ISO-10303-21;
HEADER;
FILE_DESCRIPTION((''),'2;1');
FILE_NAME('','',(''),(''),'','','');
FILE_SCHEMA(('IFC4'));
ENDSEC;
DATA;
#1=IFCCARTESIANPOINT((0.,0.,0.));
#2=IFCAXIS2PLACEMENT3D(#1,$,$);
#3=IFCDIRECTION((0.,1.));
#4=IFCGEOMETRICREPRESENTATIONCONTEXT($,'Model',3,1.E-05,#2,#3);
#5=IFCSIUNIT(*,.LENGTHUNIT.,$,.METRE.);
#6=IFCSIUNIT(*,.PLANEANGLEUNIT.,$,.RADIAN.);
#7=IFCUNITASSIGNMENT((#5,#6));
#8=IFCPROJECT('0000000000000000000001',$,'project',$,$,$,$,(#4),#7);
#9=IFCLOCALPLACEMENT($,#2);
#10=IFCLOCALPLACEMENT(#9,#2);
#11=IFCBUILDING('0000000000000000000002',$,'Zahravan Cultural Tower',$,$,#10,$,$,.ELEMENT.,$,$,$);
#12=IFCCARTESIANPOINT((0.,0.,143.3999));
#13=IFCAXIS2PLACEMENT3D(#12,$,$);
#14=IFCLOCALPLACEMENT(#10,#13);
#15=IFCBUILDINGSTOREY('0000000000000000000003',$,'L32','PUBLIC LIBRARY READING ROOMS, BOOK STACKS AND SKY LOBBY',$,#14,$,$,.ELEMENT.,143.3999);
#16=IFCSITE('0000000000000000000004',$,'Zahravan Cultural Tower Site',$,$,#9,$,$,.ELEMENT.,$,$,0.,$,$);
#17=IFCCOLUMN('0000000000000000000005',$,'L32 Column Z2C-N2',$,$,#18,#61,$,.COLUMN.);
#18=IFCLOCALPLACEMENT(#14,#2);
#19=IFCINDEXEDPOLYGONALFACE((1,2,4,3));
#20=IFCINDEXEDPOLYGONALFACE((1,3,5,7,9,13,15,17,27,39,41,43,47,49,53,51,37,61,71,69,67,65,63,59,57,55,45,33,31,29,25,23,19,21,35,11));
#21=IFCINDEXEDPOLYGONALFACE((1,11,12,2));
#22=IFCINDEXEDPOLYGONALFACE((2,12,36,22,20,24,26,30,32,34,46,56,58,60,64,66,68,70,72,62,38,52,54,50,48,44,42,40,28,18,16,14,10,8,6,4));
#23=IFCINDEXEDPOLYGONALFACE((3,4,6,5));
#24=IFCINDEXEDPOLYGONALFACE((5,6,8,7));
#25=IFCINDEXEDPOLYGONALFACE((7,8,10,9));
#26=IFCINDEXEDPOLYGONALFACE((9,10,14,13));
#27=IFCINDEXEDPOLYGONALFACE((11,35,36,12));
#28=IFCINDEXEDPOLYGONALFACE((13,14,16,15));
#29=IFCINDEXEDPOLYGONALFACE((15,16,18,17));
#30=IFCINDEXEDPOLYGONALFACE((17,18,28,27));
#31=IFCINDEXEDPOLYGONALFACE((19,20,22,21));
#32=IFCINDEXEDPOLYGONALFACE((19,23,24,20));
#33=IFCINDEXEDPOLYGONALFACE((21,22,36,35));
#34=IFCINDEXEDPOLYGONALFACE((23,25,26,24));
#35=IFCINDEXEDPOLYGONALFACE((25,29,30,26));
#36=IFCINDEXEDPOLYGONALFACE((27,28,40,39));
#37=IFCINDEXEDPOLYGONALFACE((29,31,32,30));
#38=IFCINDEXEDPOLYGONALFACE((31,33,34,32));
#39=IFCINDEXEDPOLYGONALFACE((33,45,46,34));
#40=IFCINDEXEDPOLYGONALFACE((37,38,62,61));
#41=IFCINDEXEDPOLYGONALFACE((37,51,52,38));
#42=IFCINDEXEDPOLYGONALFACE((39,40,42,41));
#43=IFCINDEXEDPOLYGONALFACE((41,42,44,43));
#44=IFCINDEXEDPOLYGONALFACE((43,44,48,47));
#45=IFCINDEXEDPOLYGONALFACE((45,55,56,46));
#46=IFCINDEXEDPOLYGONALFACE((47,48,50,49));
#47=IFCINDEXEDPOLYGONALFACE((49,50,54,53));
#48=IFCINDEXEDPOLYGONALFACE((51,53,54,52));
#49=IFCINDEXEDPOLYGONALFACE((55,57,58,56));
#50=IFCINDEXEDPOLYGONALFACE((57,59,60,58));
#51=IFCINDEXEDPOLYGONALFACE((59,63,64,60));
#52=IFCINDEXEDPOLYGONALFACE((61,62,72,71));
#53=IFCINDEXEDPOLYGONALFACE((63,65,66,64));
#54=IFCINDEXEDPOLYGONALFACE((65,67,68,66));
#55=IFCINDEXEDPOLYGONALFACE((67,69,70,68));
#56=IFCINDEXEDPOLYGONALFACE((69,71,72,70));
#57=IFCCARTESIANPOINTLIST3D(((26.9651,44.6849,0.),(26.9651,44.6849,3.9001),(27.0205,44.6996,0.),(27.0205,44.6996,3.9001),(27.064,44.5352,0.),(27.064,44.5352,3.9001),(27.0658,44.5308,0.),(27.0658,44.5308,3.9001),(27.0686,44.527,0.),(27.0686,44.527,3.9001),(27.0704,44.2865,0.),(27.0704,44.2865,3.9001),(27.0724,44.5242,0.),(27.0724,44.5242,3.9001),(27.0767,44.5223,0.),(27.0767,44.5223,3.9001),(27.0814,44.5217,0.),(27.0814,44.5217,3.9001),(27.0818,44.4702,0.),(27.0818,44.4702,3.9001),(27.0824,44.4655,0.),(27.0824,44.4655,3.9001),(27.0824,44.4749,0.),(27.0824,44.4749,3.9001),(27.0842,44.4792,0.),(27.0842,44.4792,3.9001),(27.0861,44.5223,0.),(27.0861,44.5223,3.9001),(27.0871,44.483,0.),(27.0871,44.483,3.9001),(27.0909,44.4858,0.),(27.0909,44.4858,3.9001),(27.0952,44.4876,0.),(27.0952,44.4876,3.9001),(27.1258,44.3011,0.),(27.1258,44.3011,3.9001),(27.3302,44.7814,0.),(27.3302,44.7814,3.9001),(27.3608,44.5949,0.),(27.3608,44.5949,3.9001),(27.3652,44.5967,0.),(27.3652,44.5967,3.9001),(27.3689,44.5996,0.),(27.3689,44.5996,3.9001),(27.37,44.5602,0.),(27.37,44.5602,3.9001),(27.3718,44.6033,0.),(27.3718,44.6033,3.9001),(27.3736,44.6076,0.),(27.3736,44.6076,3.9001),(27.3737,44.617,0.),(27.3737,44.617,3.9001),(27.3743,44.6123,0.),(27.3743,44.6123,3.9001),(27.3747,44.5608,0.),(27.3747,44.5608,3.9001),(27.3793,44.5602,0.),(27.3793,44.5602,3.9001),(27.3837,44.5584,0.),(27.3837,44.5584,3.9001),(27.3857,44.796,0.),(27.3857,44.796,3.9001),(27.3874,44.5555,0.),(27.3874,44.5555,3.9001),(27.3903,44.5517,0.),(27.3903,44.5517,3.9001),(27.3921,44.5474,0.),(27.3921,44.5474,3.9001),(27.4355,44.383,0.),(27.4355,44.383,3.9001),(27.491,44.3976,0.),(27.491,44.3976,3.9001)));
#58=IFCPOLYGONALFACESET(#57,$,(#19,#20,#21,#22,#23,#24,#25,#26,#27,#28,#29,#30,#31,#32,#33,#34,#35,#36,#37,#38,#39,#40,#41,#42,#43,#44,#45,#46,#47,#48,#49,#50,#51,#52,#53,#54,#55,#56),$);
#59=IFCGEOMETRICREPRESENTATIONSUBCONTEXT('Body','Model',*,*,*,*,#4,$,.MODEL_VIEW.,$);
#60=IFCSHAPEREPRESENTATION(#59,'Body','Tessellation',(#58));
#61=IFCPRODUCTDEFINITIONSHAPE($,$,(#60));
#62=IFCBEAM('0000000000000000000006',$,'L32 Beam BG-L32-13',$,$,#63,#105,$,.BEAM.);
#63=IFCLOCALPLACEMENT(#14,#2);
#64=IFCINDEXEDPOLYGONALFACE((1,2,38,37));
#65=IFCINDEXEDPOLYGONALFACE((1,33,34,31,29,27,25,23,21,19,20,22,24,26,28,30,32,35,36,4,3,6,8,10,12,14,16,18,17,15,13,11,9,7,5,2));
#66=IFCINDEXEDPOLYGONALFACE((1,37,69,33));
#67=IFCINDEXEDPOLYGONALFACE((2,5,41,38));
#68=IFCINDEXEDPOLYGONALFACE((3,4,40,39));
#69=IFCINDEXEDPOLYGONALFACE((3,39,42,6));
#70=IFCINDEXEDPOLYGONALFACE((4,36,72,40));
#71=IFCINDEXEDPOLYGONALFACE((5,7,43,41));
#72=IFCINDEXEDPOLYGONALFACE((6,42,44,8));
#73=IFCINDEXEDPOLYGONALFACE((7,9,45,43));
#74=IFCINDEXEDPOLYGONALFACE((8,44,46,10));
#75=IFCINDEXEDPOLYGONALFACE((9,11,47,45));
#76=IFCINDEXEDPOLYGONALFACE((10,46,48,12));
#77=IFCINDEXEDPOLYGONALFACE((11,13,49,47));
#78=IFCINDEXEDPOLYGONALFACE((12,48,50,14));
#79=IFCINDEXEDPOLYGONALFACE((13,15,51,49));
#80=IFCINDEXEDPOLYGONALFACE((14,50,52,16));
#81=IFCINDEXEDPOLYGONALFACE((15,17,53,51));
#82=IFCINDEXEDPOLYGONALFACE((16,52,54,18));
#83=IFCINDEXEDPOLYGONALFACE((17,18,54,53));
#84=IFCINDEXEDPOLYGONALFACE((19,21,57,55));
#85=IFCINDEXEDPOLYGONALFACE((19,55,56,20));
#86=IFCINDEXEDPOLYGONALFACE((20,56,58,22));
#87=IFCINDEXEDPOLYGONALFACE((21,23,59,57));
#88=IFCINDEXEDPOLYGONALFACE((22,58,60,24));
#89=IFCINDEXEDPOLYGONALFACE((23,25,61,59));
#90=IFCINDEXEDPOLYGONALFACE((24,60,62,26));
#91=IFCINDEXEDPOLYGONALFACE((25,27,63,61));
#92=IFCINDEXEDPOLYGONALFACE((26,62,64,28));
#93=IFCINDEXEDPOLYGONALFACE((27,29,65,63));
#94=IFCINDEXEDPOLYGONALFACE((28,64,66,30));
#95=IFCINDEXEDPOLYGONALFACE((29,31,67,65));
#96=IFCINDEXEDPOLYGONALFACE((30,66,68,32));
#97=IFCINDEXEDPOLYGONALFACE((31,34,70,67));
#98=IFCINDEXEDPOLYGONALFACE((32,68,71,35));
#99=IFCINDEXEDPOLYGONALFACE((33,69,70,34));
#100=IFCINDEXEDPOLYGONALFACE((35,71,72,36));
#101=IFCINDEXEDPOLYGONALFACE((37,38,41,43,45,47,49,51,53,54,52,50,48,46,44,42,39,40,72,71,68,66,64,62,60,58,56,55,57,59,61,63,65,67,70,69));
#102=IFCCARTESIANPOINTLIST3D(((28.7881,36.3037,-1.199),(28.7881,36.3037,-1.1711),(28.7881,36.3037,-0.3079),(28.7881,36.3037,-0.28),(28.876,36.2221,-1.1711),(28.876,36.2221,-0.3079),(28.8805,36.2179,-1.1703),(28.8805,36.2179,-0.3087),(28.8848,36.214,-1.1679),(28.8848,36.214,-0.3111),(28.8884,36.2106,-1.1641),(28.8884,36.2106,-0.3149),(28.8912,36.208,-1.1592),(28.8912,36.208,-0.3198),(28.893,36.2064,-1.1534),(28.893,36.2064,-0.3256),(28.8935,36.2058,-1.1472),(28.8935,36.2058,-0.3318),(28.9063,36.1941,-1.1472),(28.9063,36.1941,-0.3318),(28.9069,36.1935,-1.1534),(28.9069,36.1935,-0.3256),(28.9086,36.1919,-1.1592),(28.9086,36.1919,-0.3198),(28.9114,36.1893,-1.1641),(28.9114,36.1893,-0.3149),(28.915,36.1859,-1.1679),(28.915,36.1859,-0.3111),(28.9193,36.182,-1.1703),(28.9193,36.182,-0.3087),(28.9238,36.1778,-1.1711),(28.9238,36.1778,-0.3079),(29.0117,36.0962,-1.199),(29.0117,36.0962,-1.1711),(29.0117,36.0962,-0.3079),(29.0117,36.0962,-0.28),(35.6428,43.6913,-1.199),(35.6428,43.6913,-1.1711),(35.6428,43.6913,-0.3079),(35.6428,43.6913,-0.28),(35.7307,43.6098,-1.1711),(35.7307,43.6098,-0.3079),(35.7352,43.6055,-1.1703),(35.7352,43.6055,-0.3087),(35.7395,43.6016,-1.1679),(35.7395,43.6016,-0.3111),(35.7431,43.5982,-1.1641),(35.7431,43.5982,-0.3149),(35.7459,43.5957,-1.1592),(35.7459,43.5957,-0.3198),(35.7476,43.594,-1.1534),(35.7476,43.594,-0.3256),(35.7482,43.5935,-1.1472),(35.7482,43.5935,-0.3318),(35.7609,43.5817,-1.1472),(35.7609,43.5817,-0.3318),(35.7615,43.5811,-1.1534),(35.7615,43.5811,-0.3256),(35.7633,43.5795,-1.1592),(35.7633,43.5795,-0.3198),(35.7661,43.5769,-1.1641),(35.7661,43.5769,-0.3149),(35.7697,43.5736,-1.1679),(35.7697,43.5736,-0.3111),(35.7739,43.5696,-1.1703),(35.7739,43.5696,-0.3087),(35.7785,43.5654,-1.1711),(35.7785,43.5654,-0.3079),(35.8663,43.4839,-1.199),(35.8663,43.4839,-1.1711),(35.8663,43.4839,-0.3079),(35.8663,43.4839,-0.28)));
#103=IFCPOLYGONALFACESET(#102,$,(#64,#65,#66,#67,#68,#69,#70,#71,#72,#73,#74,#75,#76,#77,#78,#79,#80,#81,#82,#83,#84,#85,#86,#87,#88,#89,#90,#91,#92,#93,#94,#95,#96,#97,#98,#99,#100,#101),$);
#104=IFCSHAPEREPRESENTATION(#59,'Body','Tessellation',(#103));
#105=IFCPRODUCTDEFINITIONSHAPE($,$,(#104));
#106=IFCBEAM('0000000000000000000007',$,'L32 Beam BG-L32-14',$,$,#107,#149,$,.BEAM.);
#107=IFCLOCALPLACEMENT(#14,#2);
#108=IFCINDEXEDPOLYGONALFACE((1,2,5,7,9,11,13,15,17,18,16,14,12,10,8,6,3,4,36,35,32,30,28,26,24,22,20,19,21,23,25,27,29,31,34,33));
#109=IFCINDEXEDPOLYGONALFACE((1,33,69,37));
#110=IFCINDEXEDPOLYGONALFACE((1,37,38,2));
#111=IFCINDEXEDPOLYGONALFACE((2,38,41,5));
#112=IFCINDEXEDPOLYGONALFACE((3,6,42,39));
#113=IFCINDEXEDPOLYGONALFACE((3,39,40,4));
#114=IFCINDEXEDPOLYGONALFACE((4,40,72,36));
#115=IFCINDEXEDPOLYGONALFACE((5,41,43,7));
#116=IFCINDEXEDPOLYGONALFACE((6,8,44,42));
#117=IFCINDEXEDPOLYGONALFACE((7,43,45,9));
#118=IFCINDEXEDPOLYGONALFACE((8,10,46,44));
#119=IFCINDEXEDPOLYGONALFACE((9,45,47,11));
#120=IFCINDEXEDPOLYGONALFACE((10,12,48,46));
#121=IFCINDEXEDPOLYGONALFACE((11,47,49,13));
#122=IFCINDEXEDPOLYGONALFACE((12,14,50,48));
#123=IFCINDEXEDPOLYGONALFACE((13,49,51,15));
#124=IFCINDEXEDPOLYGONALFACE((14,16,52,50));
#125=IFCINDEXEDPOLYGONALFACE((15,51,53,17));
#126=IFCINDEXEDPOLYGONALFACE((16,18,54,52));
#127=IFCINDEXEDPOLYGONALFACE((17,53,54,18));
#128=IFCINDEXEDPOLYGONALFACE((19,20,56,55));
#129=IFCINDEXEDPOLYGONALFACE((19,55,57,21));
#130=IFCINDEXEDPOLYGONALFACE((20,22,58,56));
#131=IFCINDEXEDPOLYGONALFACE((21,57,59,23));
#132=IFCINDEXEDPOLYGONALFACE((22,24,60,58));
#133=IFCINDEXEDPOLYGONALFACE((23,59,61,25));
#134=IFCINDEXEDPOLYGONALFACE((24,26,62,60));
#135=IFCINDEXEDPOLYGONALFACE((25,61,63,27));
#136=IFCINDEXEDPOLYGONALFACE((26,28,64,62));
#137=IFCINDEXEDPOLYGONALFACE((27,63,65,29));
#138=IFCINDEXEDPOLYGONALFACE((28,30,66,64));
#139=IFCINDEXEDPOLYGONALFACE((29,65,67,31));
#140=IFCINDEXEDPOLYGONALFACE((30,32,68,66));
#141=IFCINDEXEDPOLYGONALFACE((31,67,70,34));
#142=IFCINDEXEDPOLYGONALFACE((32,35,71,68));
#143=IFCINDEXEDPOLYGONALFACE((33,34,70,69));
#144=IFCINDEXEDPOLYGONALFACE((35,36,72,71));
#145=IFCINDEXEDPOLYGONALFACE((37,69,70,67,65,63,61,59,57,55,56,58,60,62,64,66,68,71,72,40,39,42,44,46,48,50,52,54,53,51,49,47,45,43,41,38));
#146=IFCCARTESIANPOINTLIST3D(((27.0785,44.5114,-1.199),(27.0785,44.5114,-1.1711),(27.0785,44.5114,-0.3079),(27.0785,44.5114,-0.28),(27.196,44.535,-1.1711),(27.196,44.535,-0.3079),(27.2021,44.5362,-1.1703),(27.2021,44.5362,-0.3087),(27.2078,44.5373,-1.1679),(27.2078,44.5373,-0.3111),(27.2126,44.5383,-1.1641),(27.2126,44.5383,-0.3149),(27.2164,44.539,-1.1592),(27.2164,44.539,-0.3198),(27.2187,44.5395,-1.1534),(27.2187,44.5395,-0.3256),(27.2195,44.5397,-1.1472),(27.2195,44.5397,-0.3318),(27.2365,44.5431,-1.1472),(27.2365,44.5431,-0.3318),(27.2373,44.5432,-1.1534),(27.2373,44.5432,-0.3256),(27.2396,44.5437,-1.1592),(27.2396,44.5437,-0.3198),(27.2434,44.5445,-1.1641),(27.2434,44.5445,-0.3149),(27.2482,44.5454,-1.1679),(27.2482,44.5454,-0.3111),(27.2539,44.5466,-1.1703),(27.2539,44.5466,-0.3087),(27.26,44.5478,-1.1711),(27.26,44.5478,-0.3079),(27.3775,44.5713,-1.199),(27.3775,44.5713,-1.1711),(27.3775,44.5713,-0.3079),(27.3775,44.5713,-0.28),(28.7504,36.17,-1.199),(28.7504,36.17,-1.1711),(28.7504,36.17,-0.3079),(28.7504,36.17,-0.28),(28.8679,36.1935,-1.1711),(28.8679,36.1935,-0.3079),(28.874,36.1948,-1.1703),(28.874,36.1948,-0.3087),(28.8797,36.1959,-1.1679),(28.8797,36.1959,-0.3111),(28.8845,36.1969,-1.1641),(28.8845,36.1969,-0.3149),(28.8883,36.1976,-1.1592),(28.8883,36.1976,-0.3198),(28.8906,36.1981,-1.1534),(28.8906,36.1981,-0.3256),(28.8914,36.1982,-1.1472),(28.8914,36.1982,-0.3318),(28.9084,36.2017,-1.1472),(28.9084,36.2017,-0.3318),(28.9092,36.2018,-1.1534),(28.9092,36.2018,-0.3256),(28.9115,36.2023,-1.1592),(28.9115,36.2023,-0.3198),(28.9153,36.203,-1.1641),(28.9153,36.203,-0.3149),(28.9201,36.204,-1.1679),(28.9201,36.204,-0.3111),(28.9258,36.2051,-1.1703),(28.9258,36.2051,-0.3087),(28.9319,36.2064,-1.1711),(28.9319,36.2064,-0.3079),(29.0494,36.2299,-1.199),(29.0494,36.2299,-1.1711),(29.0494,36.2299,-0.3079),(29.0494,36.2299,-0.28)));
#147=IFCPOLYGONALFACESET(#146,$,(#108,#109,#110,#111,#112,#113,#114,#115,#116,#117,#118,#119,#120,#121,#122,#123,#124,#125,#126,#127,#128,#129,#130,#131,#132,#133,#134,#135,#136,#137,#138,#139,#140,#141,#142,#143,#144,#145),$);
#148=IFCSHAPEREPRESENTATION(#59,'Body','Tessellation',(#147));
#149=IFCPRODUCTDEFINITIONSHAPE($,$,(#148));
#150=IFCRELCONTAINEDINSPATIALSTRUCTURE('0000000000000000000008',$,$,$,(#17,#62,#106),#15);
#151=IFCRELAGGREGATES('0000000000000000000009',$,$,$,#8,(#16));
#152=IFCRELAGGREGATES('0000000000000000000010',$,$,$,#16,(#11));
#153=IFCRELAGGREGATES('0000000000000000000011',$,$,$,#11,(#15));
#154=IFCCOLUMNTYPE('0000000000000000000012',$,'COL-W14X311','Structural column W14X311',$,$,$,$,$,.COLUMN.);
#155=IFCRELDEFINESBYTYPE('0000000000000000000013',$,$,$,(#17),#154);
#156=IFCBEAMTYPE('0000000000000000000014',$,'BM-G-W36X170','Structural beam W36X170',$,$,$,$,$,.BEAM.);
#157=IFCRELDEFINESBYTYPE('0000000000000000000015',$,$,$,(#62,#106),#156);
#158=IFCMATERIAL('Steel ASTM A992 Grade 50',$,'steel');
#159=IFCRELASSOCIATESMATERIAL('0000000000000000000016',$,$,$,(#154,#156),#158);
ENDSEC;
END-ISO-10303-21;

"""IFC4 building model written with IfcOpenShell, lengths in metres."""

from ifc_helpers import new_model, si_unit, direction, frame, origin, origin_2d, place, context, subcontext, project, spatial, i_section, extrude, source, transform, mapped, material, material_profile, profile_set, type_object, element, save


model = new_model("IFC4")

# Units and contexts
model_context = context("Model", 3, precision=1e-05, world=origin(), true_north=direction((0.0, 1.0)))
body_context = subcontext(model_context, "Body", "Model", "MODEL_VIEW")
ifc_project = project(units=[si_unit("LENGTHUNIT", "METRE"), si_unit("PLANEANGLEUNIT", "RADIAN")], contexts=[model_context])

# Site, building, storey
site_placement = place(None, origin())
site = spatial("IfcSite", under=ifc_project, at=site_placement, Name="Zahravan Cultural Tower Site", CompositionType="ELEMENT", RefElevation=0.0)
building_placement = place(site_placement, origin())
building = spatial("IfcBuilding", under=site, at=building_placement, Name="Zahravan Cultural Tower", CompositionType="ELEMENT")
storey_placement = place(building_placement, frame((0.0, 0.0, 143.3999)))
storey = spatial("IfcBuildingStorey", under=building, at=storey_placement, Name="L32", Description="PUBLIC LIBRARY READING ROOMS, BOOK STACKS AND SKY LOBBY", CompositionType="ELEMENT", Elevation=143.3999)

# Column
ifc_material_1 = material(Name="Steel ASTM A992 Grade 50", Category="steel")
ifc_material_profile_1 = material_profile(ifc_material_1, i_section(OverallWidth=0.4121, OverallDepth=0.4351, WebThickness=0.0359, FlangeThickness=0.0574, FilletRadius=0.0181, at=origin_2d()), Name="W14X311")
ifc_profile_set_1 = profile_set([ifc_material_profile_1], Name="Steel ASTM A992 Grade 50")
column_type = type_object("IfcColumnType", Name="COL-W14X311", Description="Structural column W14X311", PredefinedType="COLUMN", material=ifc_profile_set_1)
shared_shape_1 = source(origin(), body_context, "Body", "SweptSolid", [
    extrude(i_section(OverallWidth=0.4121, OverallDepth=0.4351, WebThickness=0.0359, FlangeThickness=0.0574, FilletRadius=0.0181, at=origin_2d()), origin(), (0.0, 0.0, 1.0), 3.9001),
])
column_placement = place(storey_placement, frame((27.228, 44.5413, 0.0), z_axis=(0.0, 0.0, 1.0), x_axis=(-0.255446, 0.966823, 0.0)))
element("IfcColumn", 1, at=column_placement, inside=storey, type_object=column_type, Name="L32 Column Z2C-N2", PredefinedType="COLUMN", context=body_context, shape_type="MappedRepresentation", body=[
    mapped(shared_shape_1, transform((0.0, 0.0, 0.0), x_axis=(1.0, 0.0, 0.0), y_axis=(0.0, 1.0, 0.0), z_axis=(0.0, 0.0, 1.0), scale=1.0)),
])

# Beams
ifc_material_profile_2 = material_profile(ifc_material_1, i_section(OverallWidth=0.3049, OverallDepth=0.9189, WebThickness=0.0173, FlangeThickness=0.0278, FilletRadius=0.0239, at=origin_2d()), Name="W36X170")
ifc_profile_set_2 = profile_set([ifc_material_profile_2], Name="Steel ASTM A992 Grade 50")
beam_type_1 = type_object("IfcBeamType", Name="BM-G-W36X170", Description="Structural beam W36X170", PredefinedType="BEAM", material=ifc_profile_set_2)
shared_shape_2 = source(origin(), body_context, "Body", "SweptSolid", [
    extrude(i_section(OverallWidth=0.3049, OverallDepth=0.9189, WebThickness=0.0173, FlangeThickness=0.0278, FilletRadius=0.0239, at=origin_2d()), origin(), (0.0, 0.0, 1.0), 10.0779),
])
beam_1_placement = place(storey_placement, frame((28.8999, 36.2, -0.7395), z_axis=(0.68017, 0.733054, 0.0), x_axis=(-0.733054, 0.68017, 0.0)))
element("IfcBeam", 2, at=beam_1_placement, inside=storey, type_object=beam_type_1, Name="L32 Beam BG-L32-13", PredefinedType="BEAM", context=body_context, shape_type="MappedRepresentation", body=[
    mapped(shared_shape_2, transform((0.0, 0.0, 0.0), x_axis=(1.0, 0.0, 0.0), y_axis=(0.0, 1.0, 0.0), z_axis=(0.0, 0.0, 1.0), scale=1.0)),
])
shared_shape_3 = source(origin(), body_context, "Body", "SweptSolid", [
    extrude(i_section(OverallWidth=0.3049, OverallDepth=0.9189, WebThickness=0.0173, FlangeThickness=0.0278, FilletRadius=0.0239, at=origin_2d()), origin(), (0.0, 0.0, 1.0), 8.5073),
])
beam_2_placement = place(storey_placement, frame((28.8999, 36.2, -0.7395), z_axis=(-0.196525, 0.980499, 0.0), x_axis=(-0.980499, -0.196525, 0.0)))
element("IfcBeam", 3, at=beam_2_placement, inside=storey, type_object=beam_type_1, Name="L32 Beam BG-L32-14", PredefinedType="BEAM", context=body_context, shape_type="MappedRepresentation", body=[
    mapped(shared_shape_3, transform((0.0, 0.0, 0.0), x_axis=(1.0, 0.0, 0.0), y_axis=(0.0, 1.0, 0.0), z_axis=(0.0, 0.0, 1.0), scale=1.0)),
])

save(model, "model.ifc")
